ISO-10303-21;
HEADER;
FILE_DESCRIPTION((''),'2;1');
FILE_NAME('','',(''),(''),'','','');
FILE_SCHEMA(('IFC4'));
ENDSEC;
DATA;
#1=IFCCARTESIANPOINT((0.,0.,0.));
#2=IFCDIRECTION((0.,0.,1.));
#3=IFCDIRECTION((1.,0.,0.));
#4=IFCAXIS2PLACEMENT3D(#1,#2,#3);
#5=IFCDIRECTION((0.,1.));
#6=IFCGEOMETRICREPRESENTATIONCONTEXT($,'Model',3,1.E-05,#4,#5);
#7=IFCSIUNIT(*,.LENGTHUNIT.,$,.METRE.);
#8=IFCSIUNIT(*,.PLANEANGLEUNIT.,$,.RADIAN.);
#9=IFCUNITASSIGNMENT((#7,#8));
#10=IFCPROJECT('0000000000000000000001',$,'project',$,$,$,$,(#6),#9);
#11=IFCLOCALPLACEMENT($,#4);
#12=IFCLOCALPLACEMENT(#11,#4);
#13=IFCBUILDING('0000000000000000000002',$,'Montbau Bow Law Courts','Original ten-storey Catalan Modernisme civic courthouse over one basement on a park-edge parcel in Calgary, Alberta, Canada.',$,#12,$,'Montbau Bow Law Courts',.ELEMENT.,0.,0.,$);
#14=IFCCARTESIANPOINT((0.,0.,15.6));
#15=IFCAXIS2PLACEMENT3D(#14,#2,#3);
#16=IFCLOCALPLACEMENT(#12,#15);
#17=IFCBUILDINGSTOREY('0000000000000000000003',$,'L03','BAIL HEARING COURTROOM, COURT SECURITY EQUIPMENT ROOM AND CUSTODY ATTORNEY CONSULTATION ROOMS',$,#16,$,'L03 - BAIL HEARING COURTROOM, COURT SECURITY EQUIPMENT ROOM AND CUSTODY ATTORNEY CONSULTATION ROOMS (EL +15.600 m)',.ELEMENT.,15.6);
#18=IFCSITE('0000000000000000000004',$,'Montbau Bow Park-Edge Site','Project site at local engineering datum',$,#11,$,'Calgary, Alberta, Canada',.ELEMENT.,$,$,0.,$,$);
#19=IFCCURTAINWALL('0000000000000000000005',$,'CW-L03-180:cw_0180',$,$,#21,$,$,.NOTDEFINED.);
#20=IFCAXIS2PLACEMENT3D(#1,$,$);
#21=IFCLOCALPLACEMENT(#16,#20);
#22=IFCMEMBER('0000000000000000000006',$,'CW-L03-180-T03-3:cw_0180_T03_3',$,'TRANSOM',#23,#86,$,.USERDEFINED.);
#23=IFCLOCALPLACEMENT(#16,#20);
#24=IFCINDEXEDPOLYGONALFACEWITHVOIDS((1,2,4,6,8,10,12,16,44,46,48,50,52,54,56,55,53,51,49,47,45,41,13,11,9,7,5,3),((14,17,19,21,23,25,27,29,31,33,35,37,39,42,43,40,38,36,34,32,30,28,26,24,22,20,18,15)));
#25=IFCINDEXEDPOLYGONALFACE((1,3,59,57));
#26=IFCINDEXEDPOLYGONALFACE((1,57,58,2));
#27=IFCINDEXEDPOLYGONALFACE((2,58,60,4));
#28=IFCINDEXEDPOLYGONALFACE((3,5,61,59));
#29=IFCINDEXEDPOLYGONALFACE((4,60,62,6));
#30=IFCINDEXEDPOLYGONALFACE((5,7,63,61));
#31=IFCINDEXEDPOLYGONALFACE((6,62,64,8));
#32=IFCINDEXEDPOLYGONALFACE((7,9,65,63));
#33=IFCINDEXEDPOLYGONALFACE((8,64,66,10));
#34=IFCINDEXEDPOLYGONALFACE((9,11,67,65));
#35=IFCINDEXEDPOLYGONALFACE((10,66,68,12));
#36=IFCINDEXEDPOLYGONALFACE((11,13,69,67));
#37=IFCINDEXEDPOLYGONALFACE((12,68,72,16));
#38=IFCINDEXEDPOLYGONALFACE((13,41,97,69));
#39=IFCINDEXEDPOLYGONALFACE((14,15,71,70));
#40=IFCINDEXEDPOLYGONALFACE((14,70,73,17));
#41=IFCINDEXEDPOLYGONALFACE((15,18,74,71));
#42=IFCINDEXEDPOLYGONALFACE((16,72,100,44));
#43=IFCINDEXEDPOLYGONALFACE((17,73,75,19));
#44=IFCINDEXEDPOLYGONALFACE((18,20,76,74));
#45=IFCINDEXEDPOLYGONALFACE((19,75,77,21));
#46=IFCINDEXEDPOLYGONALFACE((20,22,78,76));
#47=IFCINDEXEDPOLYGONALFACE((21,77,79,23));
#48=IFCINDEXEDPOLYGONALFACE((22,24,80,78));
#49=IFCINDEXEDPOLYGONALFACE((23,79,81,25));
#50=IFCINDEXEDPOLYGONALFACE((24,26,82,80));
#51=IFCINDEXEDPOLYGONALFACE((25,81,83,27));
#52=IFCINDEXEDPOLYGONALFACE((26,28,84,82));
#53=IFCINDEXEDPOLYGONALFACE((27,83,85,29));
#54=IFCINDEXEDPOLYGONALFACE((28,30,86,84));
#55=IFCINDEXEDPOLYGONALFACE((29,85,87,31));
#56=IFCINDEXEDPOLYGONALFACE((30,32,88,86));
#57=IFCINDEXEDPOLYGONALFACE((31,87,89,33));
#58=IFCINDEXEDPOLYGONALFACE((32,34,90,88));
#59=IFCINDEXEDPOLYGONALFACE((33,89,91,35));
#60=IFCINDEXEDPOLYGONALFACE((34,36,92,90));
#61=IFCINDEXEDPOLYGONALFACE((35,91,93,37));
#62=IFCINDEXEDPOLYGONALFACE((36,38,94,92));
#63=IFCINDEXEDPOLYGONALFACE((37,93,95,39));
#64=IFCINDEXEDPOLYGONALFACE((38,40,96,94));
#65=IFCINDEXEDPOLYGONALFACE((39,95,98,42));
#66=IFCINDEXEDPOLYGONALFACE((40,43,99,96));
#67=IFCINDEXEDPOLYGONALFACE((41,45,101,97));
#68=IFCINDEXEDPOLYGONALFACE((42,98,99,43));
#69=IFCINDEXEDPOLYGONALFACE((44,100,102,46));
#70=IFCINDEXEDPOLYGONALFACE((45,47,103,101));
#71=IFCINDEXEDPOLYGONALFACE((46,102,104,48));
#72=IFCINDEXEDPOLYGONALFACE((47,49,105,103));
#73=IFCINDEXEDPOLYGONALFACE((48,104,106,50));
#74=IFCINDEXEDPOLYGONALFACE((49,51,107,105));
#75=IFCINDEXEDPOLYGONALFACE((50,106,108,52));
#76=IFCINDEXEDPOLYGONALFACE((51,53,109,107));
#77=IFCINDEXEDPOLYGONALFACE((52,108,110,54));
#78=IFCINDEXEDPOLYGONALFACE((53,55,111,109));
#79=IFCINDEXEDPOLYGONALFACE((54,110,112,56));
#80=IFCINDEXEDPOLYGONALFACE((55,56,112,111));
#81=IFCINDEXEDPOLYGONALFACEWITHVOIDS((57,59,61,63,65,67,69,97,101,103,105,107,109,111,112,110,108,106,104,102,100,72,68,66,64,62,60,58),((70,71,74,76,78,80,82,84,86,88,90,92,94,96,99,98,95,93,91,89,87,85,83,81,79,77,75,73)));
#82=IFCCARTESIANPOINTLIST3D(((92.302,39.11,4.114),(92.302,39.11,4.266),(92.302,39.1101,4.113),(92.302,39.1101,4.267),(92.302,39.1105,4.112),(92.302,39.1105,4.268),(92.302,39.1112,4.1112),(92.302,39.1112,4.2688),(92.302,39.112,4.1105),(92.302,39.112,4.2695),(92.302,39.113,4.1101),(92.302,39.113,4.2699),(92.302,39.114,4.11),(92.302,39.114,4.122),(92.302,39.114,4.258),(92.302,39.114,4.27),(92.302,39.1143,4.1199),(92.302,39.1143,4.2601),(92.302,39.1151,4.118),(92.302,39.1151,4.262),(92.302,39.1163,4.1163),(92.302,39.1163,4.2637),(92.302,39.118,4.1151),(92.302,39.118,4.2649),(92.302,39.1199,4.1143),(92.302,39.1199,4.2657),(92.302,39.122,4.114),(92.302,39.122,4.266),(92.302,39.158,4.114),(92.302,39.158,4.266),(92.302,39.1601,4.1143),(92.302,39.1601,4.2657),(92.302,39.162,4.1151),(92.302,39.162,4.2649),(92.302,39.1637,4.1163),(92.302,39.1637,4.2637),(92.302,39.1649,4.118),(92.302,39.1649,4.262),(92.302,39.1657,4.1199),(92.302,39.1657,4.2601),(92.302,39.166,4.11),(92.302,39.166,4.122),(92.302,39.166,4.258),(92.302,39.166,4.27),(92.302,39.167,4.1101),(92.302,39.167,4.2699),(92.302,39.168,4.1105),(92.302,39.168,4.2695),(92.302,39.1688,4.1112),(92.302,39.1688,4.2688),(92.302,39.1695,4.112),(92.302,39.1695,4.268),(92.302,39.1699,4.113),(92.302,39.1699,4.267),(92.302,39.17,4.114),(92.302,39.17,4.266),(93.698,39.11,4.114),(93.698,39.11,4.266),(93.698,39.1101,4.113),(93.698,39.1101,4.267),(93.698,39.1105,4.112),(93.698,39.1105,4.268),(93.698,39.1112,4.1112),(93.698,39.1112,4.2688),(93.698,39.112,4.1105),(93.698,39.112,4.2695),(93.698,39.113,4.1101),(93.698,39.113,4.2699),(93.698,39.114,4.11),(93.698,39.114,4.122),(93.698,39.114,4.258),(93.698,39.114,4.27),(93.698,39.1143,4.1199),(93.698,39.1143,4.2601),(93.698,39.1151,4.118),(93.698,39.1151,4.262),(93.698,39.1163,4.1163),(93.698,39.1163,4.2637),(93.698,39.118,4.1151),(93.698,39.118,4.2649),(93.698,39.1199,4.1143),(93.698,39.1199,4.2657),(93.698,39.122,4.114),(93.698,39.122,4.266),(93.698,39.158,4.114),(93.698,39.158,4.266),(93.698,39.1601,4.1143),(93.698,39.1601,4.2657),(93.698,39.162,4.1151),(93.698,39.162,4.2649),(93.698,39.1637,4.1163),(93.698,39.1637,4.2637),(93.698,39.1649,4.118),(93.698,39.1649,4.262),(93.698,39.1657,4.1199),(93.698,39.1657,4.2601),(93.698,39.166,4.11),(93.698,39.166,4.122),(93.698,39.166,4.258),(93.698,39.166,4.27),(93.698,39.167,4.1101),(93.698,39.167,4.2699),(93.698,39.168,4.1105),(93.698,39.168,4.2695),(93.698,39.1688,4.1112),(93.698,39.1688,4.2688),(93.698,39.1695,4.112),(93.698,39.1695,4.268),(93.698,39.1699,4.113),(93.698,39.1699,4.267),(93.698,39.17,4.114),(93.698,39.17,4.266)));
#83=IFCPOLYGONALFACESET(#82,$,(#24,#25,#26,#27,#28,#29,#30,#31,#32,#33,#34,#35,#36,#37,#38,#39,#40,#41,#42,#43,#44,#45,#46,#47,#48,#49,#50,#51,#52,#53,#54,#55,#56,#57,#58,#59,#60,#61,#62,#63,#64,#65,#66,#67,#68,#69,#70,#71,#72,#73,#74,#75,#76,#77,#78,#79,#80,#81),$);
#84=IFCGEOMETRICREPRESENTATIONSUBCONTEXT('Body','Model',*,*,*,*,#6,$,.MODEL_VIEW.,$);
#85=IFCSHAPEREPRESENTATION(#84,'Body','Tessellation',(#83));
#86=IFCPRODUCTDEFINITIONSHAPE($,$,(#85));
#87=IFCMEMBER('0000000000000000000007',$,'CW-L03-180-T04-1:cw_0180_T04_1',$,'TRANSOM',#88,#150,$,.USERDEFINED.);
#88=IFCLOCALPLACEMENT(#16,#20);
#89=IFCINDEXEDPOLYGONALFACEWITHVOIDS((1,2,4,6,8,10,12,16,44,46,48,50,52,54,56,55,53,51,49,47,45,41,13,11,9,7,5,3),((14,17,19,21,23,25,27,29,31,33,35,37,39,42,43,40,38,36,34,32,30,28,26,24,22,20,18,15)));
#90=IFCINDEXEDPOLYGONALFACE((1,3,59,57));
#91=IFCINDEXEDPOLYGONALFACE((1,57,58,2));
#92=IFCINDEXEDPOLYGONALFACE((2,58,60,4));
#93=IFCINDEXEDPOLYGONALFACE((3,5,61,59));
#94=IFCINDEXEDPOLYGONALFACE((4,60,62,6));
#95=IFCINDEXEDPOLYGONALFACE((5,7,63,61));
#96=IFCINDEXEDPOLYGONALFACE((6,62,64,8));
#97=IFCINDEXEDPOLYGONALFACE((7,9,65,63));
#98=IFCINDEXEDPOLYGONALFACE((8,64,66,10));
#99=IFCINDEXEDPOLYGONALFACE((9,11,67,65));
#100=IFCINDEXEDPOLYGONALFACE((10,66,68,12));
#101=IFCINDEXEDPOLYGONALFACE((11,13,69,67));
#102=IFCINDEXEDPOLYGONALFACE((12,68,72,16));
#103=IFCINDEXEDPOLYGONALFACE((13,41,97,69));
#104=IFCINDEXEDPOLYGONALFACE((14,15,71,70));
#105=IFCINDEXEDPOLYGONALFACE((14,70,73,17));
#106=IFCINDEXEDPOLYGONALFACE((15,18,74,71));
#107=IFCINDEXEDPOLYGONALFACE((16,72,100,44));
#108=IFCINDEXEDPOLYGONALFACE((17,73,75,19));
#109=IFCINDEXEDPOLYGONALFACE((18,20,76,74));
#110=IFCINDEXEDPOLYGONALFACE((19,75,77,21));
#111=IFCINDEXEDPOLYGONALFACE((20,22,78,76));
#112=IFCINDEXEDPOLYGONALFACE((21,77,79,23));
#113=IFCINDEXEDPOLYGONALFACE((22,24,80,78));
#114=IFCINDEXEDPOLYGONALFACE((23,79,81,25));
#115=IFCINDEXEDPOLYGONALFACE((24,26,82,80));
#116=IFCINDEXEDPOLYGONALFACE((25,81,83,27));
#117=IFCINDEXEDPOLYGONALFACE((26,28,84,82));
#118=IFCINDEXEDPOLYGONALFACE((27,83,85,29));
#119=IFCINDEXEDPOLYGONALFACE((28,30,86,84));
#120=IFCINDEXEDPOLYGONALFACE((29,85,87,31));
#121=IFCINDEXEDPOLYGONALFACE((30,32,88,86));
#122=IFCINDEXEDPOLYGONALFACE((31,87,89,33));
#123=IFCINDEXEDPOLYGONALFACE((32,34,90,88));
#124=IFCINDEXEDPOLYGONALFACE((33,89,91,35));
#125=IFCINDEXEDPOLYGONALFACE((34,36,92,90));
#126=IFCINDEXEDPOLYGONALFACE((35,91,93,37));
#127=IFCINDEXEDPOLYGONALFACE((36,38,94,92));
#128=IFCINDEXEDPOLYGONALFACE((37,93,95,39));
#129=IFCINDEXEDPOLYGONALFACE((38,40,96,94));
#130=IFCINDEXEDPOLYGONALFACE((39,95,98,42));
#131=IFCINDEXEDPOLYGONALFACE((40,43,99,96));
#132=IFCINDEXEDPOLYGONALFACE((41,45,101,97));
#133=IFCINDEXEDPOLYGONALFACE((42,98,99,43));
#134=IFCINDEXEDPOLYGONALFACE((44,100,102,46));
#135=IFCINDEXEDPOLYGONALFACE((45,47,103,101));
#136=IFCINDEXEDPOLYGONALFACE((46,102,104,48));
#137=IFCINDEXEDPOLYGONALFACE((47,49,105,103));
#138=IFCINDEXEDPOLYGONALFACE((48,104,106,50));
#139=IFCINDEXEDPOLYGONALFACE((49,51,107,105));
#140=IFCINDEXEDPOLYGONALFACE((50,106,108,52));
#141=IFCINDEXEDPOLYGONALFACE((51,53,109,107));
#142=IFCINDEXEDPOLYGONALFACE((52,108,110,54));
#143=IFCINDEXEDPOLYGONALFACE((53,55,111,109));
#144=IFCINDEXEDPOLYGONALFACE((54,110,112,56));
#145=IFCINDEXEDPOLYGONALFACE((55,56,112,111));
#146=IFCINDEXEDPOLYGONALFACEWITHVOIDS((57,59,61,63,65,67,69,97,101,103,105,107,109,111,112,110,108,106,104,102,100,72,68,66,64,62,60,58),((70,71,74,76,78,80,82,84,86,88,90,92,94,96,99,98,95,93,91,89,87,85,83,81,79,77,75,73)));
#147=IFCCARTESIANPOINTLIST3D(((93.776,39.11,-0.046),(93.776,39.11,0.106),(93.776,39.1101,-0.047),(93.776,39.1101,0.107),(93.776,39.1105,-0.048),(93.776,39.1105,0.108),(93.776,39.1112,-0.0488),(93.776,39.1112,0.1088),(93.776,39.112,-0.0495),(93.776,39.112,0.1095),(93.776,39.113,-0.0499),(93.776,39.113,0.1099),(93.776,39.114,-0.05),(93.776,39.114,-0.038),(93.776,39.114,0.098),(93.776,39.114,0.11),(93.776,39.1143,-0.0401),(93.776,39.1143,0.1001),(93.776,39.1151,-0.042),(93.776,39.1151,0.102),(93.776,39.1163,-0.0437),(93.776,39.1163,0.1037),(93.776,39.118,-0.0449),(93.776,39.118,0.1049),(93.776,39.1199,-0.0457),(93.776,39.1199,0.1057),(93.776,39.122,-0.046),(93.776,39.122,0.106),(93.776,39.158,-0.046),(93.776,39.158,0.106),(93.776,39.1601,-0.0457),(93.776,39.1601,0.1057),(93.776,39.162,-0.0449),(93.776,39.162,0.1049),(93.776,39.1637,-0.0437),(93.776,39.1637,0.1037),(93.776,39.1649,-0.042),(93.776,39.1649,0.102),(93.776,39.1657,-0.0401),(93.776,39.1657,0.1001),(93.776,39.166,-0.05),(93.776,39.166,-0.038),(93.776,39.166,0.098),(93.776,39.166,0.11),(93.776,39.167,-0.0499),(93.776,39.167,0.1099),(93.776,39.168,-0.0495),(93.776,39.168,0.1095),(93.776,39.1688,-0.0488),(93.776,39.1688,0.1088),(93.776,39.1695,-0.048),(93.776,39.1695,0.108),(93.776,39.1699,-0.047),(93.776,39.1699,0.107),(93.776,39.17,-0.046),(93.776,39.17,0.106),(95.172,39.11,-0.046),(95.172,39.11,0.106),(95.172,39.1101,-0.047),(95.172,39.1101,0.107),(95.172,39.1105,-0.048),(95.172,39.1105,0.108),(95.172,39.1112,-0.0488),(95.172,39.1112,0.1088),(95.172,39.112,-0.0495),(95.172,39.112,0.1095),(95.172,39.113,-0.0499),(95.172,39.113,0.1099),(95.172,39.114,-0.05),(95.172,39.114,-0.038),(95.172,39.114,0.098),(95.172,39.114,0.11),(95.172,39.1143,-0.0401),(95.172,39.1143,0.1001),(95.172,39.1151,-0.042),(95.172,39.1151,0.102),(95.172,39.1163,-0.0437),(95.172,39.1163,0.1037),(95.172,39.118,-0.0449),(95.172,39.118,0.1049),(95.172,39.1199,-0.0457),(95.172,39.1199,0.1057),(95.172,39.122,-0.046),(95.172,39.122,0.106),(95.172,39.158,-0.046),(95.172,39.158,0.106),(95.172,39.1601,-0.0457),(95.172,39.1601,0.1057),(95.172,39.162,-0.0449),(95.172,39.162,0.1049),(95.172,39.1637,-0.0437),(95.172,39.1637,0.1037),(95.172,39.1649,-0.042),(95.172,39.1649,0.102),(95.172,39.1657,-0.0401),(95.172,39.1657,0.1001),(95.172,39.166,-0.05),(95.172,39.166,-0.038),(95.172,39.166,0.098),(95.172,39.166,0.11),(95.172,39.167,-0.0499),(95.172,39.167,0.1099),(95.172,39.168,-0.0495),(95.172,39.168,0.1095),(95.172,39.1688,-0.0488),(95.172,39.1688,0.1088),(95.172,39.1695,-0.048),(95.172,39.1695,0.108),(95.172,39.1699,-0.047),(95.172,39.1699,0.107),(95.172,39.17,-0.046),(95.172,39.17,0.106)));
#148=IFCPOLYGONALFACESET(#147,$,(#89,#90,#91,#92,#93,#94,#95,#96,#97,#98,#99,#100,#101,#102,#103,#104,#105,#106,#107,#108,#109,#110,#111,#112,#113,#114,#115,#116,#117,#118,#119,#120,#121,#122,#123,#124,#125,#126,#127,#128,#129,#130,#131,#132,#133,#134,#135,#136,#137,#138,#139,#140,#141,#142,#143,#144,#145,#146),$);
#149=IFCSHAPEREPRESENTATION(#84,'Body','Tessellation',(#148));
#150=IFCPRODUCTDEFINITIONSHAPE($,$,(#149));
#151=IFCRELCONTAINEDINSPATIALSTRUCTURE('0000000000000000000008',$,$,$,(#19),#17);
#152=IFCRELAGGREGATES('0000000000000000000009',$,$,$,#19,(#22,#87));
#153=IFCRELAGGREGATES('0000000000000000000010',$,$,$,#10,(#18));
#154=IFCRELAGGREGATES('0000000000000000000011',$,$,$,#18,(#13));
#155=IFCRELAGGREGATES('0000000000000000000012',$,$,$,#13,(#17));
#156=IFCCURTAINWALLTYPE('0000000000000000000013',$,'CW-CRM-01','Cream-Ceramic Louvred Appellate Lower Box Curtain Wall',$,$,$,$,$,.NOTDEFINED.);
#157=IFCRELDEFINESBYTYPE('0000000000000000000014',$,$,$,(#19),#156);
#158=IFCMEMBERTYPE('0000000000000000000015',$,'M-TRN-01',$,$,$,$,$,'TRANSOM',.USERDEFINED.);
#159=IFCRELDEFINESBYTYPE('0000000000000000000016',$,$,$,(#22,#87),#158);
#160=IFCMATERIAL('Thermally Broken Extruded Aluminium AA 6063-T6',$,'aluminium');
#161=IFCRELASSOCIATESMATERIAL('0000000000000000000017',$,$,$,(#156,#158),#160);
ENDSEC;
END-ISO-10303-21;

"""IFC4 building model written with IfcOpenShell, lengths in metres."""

from ifc_helpers import new_model, si_unit, direction, frame, origin_with_axes, origin_2d_with_axis, place, context, subcontext, project, spatial, hollow_rectangle, extrude, material, material_profile, profile_set, type_object, element, aggregate, save


model = new_model("IFC4")

# Units and contexts
model_context = context("Model", 3, precision=1e-05, world=origin_with_axes(), true_north=direction((0.0, 1.0)))
body_context = subcontext(model_context, "Body", "Model", "MODEL_VIEW")
ifc_project = project(units=[si_unit("LENGTHUNIT", "METRE"), si_unit("PLANEANGLEUNIT", "RADIAN")], contexts=[model_context])

# Site, building, storey
site_placement = place(None, origin_with_axes())
site = spatial("IfcSite", under=ifc_project, at=site_placement, Name="Montbau Bow Park-Edge Site", Description="Project site at local engineering datum", LongName="Calgary, Alberta, Canada", CompositionType="ELEMENT", RefElevation=0.0)
building_placement = place(site_placement, origin_with_axes())
building = spatial("IfcBuilding", under=site, at=building_placement, Name="Montbau Bow Law Courts", Description="Original ten-storey Catalan Modernisme civic courthouse over one basement on a park-edge parcel in Calgary, Alberta, Canada.", LongName="Montbau Bow Law Courts", CompositionType="ELEMENT", ElevationOfRefHeight=0.0, ElevationOfTerrain=0.0)
storey_placement = place(building_placement, frame((0.0, 0.0, 15.6), z_axis=(0.0, 0.0, 1.0), x_axis=(1.0, 0.0, 0.0)))
storey = spatial("IfcBuildingStorey", under=building, at=storey_placement, Name="L03", Description="BAIL HEARING COURTROOM, COURT SECURITY EQUIPMENT ROOM AND CUSTODY ATTORNEY CONSULTATION ROOMS", LongName="L03 - BAIL HEARING COURTROOM, COURT SECURITY EQUIPMENT ROOM AND CUSTODY ATTORNEY CONSULTATION ROOMS (EL +15.600 m)", CompositionType="ELEMENT", Elevation=15.6)

# Curtain wall, members
ifc_material_1 = material(Name="Thermally Broken Extruded Aluminium AA 6063-T6", Category="aluminium")
curtain_wall_type = type_object("IfcCurtainWallType", Name="CW-CRM-01", Description="Cream-Ceramic Louvred Appellate Lower Box Curtain Wall", PredefinedType="NOTDEFINED", material=ifc_material_1)
curtain_wall_placement = place(None, frame((89.315, 39.14, 15.6), z_axis=(0.0, 0.0, 1.0), x_axis=(1.0, 0.0, 0.0)))
curtain_wall = element("IfcCurtainWall", 1, at=curtain_wall_placement, inside=storey, type_object=curtain_wall_type, Name="CW-L03-180:cw_0180", PredefinedType="NOTDEFINED")
ifc_material_profile_1 = material_profile(ifc_material_1, hollow_rectangle(XDim=0.06, YDim=0.16, WallThickness=0.004, InnerFilletRadius=0.008, OuterFilletRadius=0.004, at=origin_2d_with_axis()), Name="CWT-160X60", Category="Main", Priority=0)
ifc_profile_set_1 = profile_set([ifc_material_profile_1], Name="Thermally Broken Extruded Aluminium AA 6063-T6")
member_type_1 = type_object("IfcMemberType", Name="M-TRN-01", ElementType="TRANSOM", PredefinedType="USERDEFINED", material=ifc_profile_set_1)
member_1_placement = place(None, frame((92.302, 39.14, 19.79), z_axis=(1.0, 0.0, 0.0), x_axis=(0.0, 1.0, 0.0)))
member_1 = element("IfcMember", 2, at=member_1_placement, type_object=member_type_1, Name="CW-L03-180-T03-3:cw_0180_T03_3", ObjectType="TRANSOM", PredefinedType="USERDEFINED", context=body_context, shape_type="SweptSolid", body=[
    extrude(hollow_rectangle(XDim=0.06, YDim=0.16, WallThickness=0.004, InnerFilletRadius=0.008, OuterFilletRadius=0.004, at=origin_2d_with_axis()), origin_with_axes(), (0.0, 0.0, 1.0), 1.396),
])
member_2_placement = place(None, frame((93.776, 39.14, 15.63), z_axis=(1.0, 0.0, 0.0), x_axis=(0.0, 1.0, 0.0)))
member_2 = element("IfcMember", 3, at=member_2_placement, type_object=member_type_1, Name="CW-L03-180-T04-1:cw_0180_T04_1", ObjectType="TRANSOM", PredefinedType="USERDEFINED", context=body_context, shape_type="SweptSolid", body=[
    extrude(hollow_rectangle(XDim=0.06, YDim=0.16, WallThickness=0.004, InnerFilletRadius=0.008, OuterFilletRadius=0.004, at=origin_2d_with_axis()), origin_with_axes(), (0.0, 0.0, 1.0), 1.396),
])
aggregate(curtain_wall, [member_1, member_2])

save(model, "model.ifc")
